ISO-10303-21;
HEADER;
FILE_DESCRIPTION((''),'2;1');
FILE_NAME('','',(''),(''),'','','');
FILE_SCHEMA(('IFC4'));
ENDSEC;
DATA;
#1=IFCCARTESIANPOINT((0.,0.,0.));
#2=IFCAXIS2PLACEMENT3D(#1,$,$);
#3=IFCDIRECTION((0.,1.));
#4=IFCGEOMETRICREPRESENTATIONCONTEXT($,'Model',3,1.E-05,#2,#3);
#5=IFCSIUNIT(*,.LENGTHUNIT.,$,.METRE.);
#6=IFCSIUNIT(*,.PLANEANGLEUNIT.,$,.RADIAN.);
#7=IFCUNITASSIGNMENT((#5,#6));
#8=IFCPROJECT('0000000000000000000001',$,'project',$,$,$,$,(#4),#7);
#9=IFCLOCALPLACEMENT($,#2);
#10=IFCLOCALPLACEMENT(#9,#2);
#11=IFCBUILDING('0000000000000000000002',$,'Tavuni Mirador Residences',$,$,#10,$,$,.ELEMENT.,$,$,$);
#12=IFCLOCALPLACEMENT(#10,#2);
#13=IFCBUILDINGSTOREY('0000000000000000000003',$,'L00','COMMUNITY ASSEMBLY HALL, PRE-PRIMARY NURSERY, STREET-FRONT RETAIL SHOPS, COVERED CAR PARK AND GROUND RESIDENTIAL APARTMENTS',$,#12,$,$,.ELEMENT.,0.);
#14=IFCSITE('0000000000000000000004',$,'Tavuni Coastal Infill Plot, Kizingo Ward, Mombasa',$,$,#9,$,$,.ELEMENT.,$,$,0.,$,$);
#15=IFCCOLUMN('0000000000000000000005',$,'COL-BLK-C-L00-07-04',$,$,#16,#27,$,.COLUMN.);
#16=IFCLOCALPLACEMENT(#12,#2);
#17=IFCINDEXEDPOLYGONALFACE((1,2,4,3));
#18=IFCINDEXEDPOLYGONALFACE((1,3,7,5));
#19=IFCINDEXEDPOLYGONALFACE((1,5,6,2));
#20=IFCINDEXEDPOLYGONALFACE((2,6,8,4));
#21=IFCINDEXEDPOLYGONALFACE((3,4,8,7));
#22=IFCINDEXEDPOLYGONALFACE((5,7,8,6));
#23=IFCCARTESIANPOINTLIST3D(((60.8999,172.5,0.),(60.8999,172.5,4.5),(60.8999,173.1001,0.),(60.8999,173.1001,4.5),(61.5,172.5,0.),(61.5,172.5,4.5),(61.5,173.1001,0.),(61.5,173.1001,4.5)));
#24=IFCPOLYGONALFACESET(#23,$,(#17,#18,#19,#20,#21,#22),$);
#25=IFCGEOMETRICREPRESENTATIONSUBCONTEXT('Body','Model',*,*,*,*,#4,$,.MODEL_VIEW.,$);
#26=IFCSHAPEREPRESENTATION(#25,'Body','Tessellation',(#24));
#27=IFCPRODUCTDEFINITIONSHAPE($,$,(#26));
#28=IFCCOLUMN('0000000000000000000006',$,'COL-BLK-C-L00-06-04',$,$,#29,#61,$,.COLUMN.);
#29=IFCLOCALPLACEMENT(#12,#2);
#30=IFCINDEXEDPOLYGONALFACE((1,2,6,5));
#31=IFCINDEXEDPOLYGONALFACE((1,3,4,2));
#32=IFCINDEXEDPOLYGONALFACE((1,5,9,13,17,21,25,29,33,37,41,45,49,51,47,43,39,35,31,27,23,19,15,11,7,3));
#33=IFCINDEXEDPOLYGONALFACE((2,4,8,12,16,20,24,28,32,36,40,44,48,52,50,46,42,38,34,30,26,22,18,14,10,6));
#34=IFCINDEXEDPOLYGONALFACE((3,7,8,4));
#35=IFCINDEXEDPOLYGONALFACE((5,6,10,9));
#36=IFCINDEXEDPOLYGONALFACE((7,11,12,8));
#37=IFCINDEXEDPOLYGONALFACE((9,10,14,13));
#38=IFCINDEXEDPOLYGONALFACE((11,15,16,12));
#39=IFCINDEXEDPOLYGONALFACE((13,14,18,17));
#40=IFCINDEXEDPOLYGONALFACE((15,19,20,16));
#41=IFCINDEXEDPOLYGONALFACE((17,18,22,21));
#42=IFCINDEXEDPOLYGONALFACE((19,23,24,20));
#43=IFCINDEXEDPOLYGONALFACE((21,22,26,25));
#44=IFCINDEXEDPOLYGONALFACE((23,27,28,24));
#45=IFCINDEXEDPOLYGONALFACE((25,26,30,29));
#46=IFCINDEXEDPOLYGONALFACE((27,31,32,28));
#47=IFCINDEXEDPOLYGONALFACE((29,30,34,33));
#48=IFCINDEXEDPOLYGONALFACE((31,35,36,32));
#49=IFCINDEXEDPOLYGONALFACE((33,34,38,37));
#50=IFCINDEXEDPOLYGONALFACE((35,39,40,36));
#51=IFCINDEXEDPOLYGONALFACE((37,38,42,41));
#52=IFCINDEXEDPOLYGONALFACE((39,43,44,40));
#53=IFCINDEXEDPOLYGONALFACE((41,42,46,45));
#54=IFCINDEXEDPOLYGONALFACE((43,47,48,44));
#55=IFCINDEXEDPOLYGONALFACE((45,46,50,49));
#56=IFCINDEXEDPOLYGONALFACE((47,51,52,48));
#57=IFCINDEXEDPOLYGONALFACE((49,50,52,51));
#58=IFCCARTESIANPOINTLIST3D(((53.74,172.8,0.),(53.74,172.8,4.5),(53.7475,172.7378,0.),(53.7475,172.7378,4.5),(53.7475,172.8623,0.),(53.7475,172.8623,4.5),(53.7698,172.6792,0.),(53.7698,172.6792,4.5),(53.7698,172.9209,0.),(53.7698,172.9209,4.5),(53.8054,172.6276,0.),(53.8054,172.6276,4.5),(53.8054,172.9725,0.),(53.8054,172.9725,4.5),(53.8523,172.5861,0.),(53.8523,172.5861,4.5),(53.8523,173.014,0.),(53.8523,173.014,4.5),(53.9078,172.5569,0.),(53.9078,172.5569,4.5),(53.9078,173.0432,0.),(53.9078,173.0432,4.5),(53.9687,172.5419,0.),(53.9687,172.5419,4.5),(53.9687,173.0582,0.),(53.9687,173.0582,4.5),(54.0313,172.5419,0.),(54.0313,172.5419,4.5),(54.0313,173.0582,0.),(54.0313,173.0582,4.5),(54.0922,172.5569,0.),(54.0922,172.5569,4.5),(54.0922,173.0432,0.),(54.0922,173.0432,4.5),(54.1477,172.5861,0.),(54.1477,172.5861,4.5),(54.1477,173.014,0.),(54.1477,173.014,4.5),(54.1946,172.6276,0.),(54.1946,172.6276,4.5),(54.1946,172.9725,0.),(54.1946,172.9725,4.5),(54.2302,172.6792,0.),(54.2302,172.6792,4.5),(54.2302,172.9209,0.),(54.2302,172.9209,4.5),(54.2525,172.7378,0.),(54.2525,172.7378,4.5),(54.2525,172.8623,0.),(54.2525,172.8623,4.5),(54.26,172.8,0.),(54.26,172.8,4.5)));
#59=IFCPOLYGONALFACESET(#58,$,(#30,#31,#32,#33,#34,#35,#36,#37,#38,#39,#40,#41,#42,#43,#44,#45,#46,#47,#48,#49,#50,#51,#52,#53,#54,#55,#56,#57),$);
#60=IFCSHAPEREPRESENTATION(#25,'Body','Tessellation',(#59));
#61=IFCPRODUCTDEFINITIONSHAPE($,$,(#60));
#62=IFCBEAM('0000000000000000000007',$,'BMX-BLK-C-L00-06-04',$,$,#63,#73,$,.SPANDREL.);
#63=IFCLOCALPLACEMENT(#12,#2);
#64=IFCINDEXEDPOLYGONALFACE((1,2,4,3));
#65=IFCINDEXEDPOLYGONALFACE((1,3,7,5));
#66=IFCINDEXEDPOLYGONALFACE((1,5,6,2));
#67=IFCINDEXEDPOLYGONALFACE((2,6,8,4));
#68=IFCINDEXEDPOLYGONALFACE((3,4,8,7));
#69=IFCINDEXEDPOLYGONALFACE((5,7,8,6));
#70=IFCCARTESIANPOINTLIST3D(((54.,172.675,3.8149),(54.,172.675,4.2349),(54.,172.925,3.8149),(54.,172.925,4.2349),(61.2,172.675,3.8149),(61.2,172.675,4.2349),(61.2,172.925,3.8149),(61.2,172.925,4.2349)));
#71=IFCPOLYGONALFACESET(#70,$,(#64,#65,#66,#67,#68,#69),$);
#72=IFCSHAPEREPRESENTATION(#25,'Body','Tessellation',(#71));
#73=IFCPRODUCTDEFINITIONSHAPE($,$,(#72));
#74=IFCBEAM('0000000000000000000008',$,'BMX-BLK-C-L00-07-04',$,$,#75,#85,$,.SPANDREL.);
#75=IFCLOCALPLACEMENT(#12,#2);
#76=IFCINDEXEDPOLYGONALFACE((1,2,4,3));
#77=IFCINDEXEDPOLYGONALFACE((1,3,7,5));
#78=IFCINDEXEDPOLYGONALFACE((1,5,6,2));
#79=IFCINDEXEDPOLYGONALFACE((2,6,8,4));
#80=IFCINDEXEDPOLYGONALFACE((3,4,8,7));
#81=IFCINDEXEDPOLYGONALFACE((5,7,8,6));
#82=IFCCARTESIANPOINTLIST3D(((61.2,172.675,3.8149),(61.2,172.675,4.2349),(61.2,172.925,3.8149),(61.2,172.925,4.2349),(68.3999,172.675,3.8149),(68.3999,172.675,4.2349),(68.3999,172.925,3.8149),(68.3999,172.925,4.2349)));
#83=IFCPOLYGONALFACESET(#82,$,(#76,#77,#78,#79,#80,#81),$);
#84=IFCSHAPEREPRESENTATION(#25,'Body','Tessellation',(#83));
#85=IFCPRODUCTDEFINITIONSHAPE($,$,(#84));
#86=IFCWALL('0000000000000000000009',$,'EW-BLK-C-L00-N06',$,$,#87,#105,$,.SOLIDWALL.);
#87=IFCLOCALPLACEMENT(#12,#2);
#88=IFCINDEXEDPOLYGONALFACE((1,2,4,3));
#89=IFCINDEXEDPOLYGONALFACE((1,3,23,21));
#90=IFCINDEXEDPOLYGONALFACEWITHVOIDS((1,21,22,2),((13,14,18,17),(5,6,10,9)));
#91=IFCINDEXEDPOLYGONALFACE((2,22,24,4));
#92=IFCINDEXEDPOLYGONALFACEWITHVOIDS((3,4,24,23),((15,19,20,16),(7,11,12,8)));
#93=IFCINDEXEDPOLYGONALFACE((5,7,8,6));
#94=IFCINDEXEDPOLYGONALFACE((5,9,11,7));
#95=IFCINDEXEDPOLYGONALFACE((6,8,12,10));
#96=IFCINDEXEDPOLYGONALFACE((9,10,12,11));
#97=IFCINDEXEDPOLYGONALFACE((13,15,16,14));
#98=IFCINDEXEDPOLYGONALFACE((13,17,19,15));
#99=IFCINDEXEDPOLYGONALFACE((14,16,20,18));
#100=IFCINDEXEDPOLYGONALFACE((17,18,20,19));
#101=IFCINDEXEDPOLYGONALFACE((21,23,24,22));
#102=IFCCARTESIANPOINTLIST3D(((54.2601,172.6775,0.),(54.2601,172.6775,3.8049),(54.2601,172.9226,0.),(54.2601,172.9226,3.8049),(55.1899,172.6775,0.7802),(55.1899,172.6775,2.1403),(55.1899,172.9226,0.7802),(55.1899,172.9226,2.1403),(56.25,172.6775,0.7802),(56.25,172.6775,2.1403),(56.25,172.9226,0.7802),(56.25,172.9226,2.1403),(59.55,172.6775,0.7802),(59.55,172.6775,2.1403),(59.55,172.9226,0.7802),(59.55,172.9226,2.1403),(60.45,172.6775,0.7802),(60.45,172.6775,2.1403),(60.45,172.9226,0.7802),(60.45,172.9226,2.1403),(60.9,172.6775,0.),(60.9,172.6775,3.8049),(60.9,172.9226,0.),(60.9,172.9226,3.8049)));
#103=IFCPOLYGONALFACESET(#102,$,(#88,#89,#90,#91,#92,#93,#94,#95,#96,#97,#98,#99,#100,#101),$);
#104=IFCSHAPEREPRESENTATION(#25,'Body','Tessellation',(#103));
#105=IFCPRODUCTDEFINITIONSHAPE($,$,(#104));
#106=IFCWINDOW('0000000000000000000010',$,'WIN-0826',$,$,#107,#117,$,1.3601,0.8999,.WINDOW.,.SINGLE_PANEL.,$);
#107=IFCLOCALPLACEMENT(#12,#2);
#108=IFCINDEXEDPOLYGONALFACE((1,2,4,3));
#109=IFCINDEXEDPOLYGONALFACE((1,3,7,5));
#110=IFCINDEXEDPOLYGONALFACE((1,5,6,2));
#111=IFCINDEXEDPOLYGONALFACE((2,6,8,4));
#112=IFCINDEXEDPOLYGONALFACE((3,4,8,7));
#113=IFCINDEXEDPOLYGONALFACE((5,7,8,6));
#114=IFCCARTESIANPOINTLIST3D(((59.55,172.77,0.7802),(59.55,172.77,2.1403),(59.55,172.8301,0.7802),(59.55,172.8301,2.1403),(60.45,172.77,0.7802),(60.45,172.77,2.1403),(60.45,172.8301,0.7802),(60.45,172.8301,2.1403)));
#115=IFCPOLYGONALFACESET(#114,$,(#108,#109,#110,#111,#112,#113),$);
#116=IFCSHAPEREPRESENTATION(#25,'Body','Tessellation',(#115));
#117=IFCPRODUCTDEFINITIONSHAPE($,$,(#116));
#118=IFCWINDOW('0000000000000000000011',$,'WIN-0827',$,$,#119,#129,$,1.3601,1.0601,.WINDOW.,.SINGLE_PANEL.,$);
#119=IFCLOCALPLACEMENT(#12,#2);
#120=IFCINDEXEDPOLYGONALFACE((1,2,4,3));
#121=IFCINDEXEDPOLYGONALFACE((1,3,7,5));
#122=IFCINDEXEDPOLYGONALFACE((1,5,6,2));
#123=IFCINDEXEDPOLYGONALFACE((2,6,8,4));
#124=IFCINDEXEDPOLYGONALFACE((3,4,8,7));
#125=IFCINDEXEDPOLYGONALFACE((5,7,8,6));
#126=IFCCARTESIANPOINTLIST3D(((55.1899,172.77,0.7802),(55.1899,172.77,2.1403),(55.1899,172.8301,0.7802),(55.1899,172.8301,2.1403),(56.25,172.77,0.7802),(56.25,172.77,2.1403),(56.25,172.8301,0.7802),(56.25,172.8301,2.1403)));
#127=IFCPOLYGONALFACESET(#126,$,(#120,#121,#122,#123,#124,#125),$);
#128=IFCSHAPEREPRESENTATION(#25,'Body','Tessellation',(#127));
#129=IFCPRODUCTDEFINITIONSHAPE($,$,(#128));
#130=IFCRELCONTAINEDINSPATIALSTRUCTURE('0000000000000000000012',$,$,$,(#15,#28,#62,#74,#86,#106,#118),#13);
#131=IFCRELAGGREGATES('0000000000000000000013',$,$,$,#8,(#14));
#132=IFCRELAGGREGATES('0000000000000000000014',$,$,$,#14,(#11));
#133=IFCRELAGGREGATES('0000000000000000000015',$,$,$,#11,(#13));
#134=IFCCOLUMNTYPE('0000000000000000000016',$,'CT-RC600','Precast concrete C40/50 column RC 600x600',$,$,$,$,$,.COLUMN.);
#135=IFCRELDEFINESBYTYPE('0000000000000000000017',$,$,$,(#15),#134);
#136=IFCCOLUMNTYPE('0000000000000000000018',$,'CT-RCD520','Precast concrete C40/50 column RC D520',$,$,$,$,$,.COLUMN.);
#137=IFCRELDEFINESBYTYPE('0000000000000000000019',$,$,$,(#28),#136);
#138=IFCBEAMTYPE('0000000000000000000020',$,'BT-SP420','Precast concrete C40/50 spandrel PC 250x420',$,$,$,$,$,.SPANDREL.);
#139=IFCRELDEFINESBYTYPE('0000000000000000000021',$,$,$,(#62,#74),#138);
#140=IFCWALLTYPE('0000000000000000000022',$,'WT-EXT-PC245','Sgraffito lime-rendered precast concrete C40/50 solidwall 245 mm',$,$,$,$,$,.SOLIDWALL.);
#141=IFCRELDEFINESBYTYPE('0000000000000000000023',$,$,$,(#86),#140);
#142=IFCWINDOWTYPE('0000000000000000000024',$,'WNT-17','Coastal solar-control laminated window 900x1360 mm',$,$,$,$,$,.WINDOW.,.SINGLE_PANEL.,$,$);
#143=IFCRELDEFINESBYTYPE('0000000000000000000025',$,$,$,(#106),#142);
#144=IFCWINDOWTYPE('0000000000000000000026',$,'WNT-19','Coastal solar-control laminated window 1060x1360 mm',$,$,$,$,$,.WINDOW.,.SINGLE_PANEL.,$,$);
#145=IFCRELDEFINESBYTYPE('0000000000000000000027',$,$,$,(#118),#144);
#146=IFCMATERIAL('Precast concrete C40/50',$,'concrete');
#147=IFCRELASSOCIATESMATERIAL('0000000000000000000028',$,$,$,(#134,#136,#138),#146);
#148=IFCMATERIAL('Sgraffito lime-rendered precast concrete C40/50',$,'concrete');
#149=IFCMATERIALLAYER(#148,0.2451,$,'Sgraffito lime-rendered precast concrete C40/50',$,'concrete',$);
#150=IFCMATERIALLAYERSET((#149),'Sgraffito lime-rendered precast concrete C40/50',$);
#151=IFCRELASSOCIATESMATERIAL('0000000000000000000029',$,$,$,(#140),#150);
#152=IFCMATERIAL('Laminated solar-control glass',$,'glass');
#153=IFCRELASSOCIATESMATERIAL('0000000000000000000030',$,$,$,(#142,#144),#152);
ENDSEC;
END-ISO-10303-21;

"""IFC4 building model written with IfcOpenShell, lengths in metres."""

from ifc_helpers import new_model, si_unit, direction, frame, frame_2d, origin, origin_2d, place, context, subcontext, project, spatial, rectangle, circle, extrude, material, layer, layer_set, material_profile, profile_set, type_object, element, fill, save


model = new_model("IFC4")

# Units and contexts
model_context = context("Model", 3, precision=1e-05, world=origin(), true_north=direction((0.0, 1.0)))
body_context = subcontext(model_context, "Body", "Model", "MODEL_VIEW")
ifc_project = project(units=[si_unit("LENGTHUNIT", "METRE"), si_unit("PLANEANGLEUNIT", "RADIAN")], contexts=[model_context])

# Site, building, storey
site_placement = place(None, origin())
site = spatial("IfcSite", under=ifc_project, at=site_placement, Name="Tavuni Coastal Infill Plot, Kizingo Ward, Mombasa", CompositionType="ELEMENT", RefElevation=0.0)
building_placement = place(site_placement, origin())
building = spatial("IfcBuilding", under=site, at=building_placement, Name="Tavuni Mirador Residences", CompositionType="ELEMENT")
storey_placement = place(building_placement, origin())
storey = spatial("IfcBuildingStorey", under=building, at=storey_placement, Name="L00", Description="COMMUNITY ASSEMBLY HALL, PRE-PRIMARY NURSERY, STREET-FRONT RETAIL SHOPS, COVERED CAR PARK AND GROUND RESIDENTIAL APARTMENTS", CompositionType="ELEMENT", Elevation=0.0)

# Columns
ifc_material_1 = material(Name="Precast concrete C40/50", Category="concrete")
ifc_material_profile_1 = material_profile(ifc_material_1, rectangle(XDim=0.6001, YDim=0.6001, at=origin_2d()), Name="RC 600x600", Category="concrete")
ifc_profile_set_1 = profile_set([ifc_material_profile_1], Name="Precast concrete C40/50")
column_type_1 = type_object("IfcColumnType", Name="CT-RC600", Description="Precast concrete C40/50 column RC 600x600", PredefinedType="COLUMN", material=ifc_profile_set_1)
column_1_placement = place(storey_placement, frame((61.2, 172.8, 0.0), z_axis=(0.0, 0.0, 1.0), x_axis=(1.0, 0.0, 0.0)))
element("IfcColumn", 1, at=column_1_placement, inside=storey, type_object=column_type_1, Name="COL-BLK-C-L00-07-04", PredefinedType="COLUMN", context=body_context, shape_type="SweptSolid", body=[
    extrude(rectangle(XDim=0.6001, YDim=0.6001, at=origin_2d()), origin(), (0.0, 0.0, 1.0), 4.5),
])
ifc_material_profile_2 = material_profile(ifc_material_1, circle(Radius=0.26, at=origin_2d()), Name="RC D520", Category="concrete")
ifc_profile_set_2 = profile_set([ifc_material_profile_2], Name="Precast concrete C40/50")
column_type_2 = type_object("IfcColumnType", Name="CT-RCD520", Description="Precast concrete C40/50 column RC D520", PredefinedType="COLUMN", material=ifc_profile_set_2)
column_2_placement = place(storey_placement, frame((54.0, 172.8, 0.0), z_axis=(0.0, 0.0, 1.0), x_axis=(1.0, 0.0, 0.0)))
element("IfcColumn", 2, at=column_2_placement, inside=storey, type_object=column_type_2, Name="COL-BLK-C-L00-06-04", PredefinedType="COLUMN", context=body_context, shape_type="SweptSolid", body=[
    extrude(circle(Radius=0.26, at=origin_2d()), origin(), (0.0, 0.0, 1.0), 4.5),
])

# Beams
ifc_material_profile_3 = material_profile(ifc_material_1, rectangle(XDim=0.25, YDim=0.4199, at=origin_2d()), Name="PC 250x420", Category="concrete")
ifc_profile_set_3 = profile_set([ifc_material_profile_3], Name="Precast concrete C40/50")
beam_type = type_object("IfcBeamType", Name="BT-SP420", Description="Precast concrete C40/50 spandrel PC 250x420", PredefinedType="SPANDREL", material=ifc_profile_set_3)
for number, where, z_axis, x_axis, name in (
    (3, (54.0, 172.8, 4.0249), (1.0, 0.0, 0.0), (0.0, 1.0, 0.0), "BMX-BLK-C-L00-06-04"),
    (4, (61.2, 172.8, 4.0249), (1.0, 0.0, 0.0), (0.0, 1.0, 0.0), "BMX-BLK-C-L00-07-04"),
):
    element("IfcBeam", number, at=place(storey_placement, frame(where, z_axis=z_axis, x_axis=x_axis)), inside=storey, type_object=beam_type, Name=name, PredefinedType="SPANDREL", context=body_context, shape_type="SweptSolid", body=[
        extrude(rectangle(XDim=0.25, YDim=0.4199, at=origin_2d()), origin(), (0.0, 0.0, 1.0), 7.2),
    ])

# Wall, openings, windows
ifc_material_2 = material(Name="Sgraffito lime-rendered precast concrete C40/50", Category="concrete")
ifc_layer_1 = layer(ifc_material_2, 0.2451, Name="Sgraffito lime-rendered precast concrete C40/50", Category="concrete")
ifc_layer_set_1 = layer_set([ifc_layer_1], Name="Sgraffito lime-rendered precast concrete C40/50")
wall_type_1 = type_object("IfcWallType", Name="WT-EXT-PC245", Description="Sgraffito lime-rendered precast concrete C40/50 solidwall 245 mm", PredefinedType="SOLIDWALL", material=ifc_layer_set_1)
wall_1_placement = place(storey_placement, frame((60.8999, 172.8, 0.0), z_axis=(0.0, 0.0, 1.0), x_axis=(-1.0, 0.0, 0.0)))
wall_1 = element("IfcWall", 5, at=wall_1_placement, inside=storey, type_object=wall_type_1, Name="EW-BLK-C-L00-N06", PredefinedType="SOLIDWALL", context=body_context, shape_type="SweptSolid", body=[
    extrude(rectangle(XDim=6.6399, YDim=0.2451, at=frame_2d((3.3198, 0.0))), origin(), (0.0, 0.0, 1.0), 3.8049),
])
opening_1_placement = place(wall_1_placement, frame((0.45, 0.0, 0.78)))
opening_1 = element("IfcOpeningElement", 6, at=opening_1_placement, cuts=wall_1, PredefinedType="OPENING", context=body_context, shape_type="SweptSolid", body=[
    extrude(rectangle(XDim=0.8999, YDim=1.3601, at=frame_2d((0.45, 0.6802))), frame((0.0, 0.1326, 0.0), z_axis=(0.0, -1.0, 0.0), x_axis=(1.0, 0.0, 0.0)), (0.0, 0.0, 1.0), 0.2651),
])
opening_2_placement = place(wall_1_placement, frame((4.6499, 0.0, 0.78)))
opening_2 = element("IfcOpeningElement", 7, at=opening_2_placement, cuts=wall_1, PredefinedType="OPENING", context=body_context, shape_type="SweptSolid", body=[
    extrude(rectangle(XDim=1.0601, YDim=1.3601, at=frame_2d((0.53, 0.6802))), frame((0.0, 0.1326, 0.0), z_axis=(0.0, -1.0, 0.0), x_axis=(1.0, 0.0, 0.0)), (0.0, 0.0, 1.0), 0.2651),
])
ifc_material_3 = material(Name="Laminated solar-control glass", Category="glass")
window_type_1 = type_object("IfcWindowType", Name="WNT-17", Description="Coastal solar-control laminated window 900x1360 mm", PartitioningType="SINGLE_PANEL", PredefinedType="WINDOW", material=ifc_material_3)
window_1_placement = place(opening_1_placement, origin())
window_1 = element("IfcWindow", 8, at=window_1_placement, inside=storey, type_object=window_type_1, Name="WIN-0826", OverallHeight=1.3601, OverallWidth=0.8999, PartitioningType="SINGLE_PANEL", PredefinedType="WINDOW", context=body_context, shape_type="SweptSolid", body=[
    extrude(rectangle(XDim=0.8999, YDim=1.3601, at=frame_2d((0.45, 0.6802))), frame((0.0, 0.03, 0.0), z_axis=(0.0, -1.0, 0.0), x_axis=(1.0, 0.0, 0.0)), (0.0, 0.0, 1.0), 0.0601),
])
fill(opening_1, window_1)
window_type_2 = type_object("IfcWindowType", Name="WNT-19", Description="Coastal solar-control laminated window 1060x1360 mm", PartitioningType="SINGLE_PANEL", PredefinedType="WINDOW", material=ifc_material_3)
window_2_placement = place(opening_2_placement, origin())
window_2 = element("IfcWindow", 9, at=window_2_placement, inside=storey, type_object=window_type_2, Name="WIN-0827", OverallHeight=1.3601, OverallWidth=1.0601, PartitioningType="SINGLE_PANEL", PredefinedType="WINDOW", context=body_context, shape_type="SweptSolid", body=[
    extrude(rectangle(XDim=1.0601, YDim=1.3601, at=frame_2d((0.53, 0.6802))), frame((0.0, 0.03, 0.0), z_axis=(0.0, -1.0, 0.0), x_axis=(1.0, 0.0, 0.0)), (0.0, 0.0, 1.0), 0.0601),
])
fill(opening_2, window_2)

save(model, "model.ifc")
